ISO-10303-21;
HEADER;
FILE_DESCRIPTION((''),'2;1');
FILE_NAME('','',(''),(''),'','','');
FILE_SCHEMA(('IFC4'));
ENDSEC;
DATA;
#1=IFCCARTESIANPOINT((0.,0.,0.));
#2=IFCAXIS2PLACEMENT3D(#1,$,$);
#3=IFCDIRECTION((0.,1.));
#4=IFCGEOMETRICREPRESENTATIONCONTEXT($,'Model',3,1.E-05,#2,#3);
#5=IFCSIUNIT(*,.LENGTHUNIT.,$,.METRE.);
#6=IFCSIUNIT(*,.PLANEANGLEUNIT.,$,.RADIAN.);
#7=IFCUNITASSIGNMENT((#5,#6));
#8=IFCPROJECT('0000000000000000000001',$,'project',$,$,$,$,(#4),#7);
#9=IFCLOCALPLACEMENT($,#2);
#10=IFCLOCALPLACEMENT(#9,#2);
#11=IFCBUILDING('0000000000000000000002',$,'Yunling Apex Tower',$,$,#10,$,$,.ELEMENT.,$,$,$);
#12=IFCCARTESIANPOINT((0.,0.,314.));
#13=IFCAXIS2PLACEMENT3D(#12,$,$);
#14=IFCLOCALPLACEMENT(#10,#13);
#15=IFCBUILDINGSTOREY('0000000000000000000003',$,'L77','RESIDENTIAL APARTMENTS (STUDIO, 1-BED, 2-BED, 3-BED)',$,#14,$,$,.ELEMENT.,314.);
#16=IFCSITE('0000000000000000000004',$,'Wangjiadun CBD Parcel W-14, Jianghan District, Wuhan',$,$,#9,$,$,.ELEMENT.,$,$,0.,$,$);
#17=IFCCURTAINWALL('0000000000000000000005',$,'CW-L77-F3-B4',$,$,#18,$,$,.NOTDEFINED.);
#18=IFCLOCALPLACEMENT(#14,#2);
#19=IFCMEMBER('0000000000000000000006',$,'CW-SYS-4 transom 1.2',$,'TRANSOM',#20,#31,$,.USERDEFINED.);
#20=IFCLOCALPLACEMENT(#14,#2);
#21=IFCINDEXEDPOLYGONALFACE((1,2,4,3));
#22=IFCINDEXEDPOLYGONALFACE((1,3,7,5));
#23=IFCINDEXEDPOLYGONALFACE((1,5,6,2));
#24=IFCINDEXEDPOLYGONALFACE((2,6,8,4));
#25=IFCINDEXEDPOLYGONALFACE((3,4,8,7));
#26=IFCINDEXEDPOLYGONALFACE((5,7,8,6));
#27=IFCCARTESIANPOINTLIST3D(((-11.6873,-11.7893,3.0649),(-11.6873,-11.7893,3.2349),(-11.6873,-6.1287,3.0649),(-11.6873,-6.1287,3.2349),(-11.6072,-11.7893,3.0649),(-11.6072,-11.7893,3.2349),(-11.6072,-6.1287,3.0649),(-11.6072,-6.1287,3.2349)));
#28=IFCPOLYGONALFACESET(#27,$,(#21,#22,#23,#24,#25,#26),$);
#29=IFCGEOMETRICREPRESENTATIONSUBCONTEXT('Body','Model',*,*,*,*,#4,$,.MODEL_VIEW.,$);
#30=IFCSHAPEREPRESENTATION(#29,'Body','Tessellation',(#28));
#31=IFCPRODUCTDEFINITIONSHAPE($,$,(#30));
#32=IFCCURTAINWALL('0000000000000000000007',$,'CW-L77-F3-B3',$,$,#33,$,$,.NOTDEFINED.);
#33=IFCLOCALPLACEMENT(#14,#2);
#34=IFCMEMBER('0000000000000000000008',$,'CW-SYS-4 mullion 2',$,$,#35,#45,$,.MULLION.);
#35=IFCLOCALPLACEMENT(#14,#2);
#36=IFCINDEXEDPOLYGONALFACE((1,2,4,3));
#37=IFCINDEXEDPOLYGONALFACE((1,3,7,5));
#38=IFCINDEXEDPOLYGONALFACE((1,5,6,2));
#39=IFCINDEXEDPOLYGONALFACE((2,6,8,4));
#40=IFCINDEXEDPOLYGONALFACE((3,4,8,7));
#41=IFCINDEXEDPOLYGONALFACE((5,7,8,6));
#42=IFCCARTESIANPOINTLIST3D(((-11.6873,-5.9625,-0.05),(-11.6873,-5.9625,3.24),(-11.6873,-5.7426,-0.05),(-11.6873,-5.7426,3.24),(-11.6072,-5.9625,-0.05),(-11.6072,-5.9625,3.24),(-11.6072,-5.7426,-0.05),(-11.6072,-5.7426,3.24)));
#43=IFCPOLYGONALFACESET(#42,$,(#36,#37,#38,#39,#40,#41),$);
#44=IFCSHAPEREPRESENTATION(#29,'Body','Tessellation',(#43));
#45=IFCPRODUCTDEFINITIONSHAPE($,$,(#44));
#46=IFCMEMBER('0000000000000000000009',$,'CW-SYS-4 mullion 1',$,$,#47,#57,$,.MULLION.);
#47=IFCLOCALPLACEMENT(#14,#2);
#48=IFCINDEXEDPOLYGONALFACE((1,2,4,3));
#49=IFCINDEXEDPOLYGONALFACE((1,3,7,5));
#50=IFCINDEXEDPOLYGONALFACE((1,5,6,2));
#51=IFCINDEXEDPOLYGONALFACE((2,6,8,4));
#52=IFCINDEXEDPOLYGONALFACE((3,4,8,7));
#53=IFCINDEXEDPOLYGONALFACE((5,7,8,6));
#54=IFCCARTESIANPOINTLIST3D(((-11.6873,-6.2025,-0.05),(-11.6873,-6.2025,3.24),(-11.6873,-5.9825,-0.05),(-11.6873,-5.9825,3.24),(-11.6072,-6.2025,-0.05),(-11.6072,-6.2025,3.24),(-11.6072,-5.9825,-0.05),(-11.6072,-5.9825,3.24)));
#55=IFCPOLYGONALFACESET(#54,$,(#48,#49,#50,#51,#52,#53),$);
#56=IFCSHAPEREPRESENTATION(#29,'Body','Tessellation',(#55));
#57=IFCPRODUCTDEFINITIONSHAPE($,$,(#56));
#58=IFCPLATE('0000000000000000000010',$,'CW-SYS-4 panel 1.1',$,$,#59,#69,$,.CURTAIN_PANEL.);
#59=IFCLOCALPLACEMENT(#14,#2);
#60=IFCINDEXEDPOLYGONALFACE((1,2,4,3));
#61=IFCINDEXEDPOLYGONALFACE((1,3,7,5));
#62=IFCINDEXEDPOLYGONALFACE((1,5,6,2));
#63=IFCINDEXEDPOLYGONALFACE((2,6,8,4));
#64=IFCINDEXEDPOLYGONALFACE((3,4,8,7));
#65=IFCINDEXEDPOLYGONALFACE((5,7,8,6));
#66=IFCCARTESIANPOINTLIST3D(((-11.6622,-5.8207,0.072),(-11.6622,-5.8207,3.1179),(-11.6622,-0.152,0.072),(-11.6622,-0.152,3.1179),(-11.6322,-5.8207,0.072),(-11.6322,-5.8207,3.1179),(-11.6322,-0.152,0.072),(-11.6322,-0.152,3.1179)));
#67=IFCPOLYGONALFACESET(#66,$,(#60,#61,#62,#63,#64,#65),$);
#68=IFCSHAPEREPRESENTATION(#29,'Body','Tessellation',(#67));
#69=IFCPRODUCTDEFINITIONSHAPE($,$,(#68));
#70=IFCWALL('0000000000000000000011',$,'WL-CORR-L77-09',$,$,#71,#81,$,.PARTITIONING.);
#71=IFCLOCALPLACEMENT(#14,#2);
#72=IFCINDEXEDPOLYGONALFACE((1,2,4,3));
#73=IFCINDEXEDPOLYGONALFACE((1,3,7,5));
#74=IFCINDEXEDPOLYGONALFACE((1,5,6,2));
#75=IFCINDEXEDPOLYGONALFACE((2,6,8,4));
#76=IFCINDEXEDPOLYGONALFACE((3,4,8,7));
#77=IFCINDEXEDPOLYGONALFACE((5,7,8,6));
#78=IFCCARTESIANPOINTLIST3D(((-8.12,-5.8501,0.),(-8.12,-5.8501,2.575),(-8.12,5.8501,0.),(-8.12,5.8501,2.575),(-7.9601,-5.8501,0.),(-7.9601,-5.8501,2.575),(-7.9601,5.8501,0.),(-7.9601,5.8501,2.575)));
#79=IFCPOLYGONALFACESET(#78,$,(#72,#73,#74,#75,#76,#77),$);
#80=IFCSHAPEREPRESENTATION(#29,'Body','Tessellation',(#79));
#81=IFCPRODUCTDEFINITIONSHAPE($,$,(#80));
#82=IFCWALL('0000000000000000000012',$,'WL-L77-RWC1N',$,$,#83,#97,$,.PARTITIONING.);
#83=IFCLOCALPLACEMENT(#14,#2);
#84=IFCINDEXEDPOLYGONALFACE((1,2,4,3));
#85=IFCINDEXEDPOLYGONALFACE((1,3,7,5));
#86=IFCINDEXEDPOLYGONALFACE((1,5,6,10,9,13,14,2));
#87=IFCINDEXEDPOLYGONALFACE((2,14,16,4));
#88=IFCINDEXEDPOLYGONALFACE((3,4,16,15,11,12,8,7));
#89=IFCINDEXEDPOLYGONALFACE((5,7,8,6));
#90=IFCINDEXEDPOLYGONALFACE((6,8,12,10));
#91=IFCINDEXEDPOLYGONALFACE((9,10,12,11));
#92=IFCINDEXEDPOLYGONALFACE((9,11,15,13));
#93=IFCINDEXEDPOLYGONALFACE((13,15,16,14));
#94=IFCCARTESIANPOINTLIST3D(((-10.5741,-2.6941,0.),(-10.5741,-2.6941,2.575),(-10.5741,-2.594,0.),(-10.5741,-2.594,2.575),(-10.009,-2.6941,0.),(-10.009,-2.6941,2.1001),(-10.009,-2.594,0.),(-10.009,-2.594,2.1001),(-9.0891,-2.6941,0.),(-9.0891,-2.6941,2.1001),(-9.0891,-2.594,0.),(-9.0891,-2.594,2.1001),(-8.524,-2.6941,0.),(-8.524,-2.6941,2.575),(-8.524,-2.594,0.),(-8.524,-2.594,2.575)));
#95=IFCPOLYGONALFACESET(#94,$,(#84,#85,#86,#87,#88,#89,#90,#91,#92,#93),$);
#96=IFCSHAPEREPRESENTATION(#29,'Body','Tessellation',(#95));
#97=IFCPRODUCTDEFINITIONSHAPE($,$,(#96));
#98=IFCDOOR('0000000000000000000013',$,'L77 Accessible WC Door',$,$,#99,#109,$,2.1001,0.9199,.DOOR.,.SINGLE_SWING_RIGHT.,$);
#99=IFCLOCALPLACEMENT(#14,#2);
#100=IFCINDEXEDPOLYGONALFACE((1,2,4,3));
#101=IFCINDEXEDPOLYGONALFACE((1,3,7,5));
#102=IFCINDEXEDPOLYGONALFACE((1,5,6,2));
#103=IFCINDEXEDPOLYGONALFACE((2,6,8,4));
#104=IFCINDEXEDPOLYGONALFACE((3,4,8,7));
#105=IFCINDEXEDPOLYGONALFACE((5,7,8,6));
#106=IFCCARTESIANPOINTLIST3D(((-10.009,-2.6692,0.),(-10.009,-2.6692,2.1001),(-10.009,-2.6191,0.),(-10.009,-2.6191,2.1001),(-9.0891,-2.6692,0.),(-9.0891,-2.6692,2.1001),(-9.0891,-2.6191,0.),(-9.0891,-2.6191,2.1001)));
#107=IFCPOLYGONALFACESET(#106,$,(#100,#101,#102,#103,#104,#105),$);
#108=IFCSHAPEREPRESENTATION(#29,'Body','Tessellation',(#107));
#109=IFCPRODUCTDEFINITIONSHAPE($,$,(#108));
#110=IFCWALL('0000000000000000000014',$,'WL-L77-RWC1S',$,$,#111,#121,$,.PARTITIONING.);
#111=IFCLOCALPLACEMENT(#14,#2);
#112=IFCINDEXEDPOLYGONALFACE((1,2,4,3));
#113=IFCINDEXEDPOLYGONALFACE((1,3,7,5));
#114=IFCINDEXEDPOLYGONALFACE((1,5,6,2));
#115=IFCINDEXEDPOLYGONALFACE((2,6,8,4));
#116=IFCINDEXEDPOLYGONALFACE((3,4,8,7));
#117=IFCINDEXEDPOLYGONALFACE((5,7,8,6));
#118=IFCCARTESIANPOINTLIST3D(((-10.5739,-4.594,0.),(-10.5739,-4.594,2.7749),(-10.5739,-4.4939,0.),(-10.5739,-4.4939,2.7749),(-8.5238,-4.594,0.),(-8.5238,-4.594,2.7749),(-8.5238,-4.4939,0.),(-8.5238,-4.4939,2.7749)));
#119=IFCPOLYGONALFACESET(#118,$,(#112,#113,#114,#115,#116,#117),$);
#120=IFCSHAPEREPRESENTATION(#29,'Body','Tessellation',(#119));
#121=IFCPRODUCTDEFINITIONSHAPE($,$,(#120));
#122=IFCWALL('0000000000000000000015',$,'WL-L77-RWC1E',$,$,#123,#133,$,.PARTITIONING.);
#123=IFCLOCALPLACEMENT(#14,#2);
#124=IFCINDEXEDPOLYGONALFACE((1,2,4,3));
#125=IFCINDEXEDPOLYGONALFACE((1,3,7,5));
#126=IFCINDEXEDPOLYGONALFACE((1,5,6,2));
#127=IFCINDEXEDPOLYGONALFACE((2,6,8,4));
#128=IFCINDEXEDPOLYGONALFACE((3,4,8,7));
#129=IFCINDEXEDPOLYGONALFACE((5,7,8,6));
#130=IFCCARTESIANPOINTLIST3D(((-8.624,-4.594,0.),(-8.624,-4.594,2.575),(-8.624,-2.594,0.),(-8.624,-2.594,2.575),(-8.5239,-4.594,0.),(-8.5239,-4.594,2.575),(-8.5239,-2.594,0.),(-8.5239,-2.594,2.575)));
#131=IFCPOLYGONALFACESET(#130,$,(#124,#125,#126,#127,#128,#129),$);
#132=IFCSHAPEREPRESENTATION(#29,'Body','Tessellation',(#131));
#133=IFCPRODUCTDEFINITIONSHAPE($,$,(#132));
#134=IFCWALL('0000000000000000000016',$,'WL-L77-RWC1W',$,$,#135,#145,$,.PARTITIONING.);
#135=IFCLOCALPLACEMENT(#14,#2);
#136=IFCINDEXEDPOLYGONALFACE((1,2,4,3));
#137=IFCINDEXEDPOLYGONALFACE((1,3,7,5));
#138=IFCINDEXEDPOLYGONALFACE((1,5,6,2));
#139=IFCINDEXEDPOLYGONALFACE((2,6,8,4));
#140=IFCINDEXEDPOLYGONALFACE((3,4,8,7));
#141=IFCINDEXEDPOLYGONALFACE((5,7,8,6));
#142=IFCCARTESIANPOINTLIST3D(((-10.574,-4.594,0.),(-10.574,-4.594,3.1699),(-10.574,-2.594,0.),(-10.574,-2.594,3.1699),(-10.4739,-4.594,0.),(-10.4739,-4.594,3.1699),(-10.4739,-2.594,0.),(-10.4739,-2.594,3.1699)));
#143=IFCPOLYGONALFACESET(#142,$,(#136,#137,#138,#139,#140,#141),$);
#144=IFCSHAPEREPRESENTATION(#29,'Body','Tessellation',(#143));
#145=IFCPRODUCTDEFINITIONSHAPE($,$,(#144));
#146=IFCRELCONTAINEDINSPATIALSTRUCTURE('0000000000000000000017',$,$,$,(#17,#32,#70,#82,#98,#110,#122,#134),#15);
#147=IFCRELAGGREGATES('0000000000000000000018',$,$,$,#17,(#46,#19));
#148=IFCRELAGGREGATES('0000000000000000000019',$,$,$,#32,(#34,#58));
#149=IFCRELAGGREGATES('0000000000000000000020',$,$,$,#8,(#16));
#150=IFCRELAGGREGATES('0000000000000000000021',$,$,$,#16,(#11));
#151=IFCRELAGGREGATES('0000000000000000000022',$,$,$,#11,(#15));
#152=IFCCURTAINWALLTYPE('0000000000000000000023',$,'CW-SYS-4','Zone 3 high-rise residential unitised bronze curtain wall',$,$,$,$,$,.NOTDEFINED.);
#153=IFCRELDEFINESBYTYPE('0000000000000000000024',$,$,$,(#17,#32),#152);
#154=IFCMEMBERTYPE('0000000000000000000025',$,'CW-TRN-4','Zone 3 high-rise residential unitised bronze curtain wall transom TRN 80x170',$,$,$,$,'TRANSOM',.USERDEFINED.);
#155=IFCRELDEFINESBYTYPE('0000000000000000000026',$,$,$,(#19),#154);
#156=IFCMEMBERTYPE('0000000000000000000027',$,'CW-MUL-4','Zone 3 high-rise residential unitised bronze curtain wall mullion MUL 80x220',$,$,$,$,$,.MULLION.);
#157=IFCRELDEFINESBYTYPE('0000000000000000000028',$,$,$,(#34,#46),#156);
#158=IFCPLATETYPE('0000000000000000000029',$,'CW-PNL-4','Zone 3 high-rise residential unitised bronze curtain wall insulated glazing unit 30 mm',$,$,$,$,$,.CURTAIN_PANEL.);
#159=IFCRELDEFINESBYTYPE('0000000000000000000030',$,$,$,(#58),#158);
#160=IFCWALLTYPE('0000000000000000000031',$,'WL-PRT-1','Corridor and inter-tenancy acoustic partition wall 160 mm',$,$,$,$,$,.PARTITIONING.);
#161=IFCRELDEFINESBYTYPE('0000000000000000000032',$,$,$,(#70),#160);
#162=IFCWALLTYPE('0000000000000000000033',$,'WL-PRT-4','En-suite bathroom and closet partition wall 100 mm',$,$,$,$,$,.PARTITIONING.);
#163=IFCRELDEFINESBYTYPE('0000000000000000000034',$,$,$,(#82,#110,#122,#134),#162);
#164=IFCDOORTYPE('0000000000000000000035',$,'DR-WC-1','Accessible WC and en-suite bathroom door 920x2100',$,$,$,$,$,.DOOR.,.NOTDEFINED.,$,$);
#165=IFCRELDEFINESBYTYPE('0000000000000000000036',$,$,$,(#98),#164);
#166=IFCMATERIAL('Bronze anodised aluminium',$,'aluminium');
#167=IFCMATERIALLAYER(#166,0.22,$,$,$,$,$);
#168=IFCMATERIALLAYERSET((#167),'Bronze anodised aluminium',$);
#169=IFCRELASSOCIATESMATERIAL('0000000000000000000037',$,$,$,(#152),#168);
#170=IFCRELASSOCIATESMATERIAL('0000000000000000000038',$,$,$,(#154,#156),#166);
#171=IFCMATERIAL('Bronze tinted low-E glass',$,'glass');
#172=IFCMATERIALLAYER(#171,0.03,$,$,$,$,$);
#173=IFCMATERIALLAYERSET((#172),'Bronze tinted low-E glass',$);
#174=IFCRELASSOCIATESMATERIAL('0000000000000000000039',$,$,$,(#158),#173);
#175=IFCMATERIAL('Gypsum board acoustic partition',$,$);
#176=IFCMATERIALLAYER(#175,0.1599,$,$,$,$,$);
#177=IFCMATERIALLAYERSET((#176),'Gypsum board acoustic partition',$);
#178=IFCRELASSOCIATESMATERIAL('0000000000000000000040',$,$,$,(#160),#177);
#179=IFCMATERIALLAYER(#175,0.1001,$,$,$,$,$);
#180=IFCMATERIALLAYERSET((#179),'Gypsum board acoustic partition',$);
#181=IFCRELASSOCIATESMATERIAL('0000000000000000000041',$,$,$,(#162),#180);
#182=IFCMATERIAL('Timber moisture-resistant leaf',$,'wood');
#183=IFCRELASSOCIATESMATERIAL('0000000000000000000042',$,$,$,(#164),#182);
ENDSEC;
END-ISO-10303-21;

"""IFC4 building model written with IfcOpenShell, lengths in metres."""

from ifc_helpers import new_model, si_unit, direction, frame, frame_2d, origin, origin_2d, place, context, subcontext, project, spatial, rectangle, extrude, source, transform, mapped, material, layer, layer_set, material_profile, profile_set, type_object, element, fill, aggregate, save


model = new_model("IFC4")

# Units and contexts
model_context = context("Model", 3, precision=1e-05, world=origin(), true_north=direction((0.0, 1.0)))
body_context = subcontext(model_context, "Body", "Model", "MODEL_VIEW")
ifc_project = project(units=[si_unit("LENGTHUNIT", "METRE"), si_unit("PLANEANGLEUNIT", "RADIAN")], contexts=[model_context])

# Site, building, storey
site_placement = place(None, origin())
site = spatial("IfcSite", under=ifc_project, at=site_placement, Name="Wangjiadun CBD Parcel W-14, Jianghan District, Wuhan", CompositionType="ELEMENT", RefElevation=0.0)
building_placement = place(site_placement, origin())
building = spatial("IfcBuilding", under=site, at=building_placement, Name="Yunling Apex Tower", CompositionType="ELEMENT")
storey_placement = place(building_placement, frame((0.0, 0.0, 314.0)))
storey = spatial("IfcBuildingStorey", under=building, at=storey_placement, Name="L77", Description="RESIDENTIAL APARTMENTS (STUDIO, 1-BED, 2-BED, 3-BED)", CompositionType="ELEMENT", Elevation=314.0)

# Curtain walls, members
ifc_material_1 = material(Name="Bronze anodised aluminium", Category="aluminium")
ifc_layer_1 = layer(ifc_material_1, 0.22)
ifc_layer_set_1 = layer_set([ifc_layer_1], Name="Bronze anodised aluminium")
curtain_wall_type = type_object("IfcCurtainWallType", Name="CW-SYS-4", Description="Zone 3 high-rise residential unitised bronze curtain wall", PredefinedType="NOTDEFINED", material=ifc_layer_set_1)
curtain_wall_1_placement = place(storey_placement, origin())
curtain_wall_1 = element("IfcCurtainWall", 1, at=curtain_wall_1_placement, inside=storey, type_object=curtain_wall_type, Name="CW-L77-F3-B4", PredefinedType="NOTDEFINED")
ifc_material_profile_1 = material_profile(ifc_material_1, rectangle(XDim=0.0801, YDim=0.1699, at=origin_2d()))
ifc_profile_set_1 = profile_set([ifc_material_profile_1], Name="Bronze anodised aluminium")
member_type_1 = type_object("IfcMemberType", Name="CW-TRN-4", Description="Zone 3 high-rise residential unitised bronze curtain wall transom TRN 80x170", ElementType="TRANSOM", PredefinedType="USERDEFINED", material=ifc_profile_set_1)
shared_shape_1 = source(origin(), body_context, "Body", "SweptSolid", [
    extrude(rectangle(XDim=0.0801, YDim=0.1699, at=origin_2d()), origin(), (0.0, 0.0, 1.0), 5.6606),
])
member_1_placement = place(storey_placement, frame((-11.6472, -6.1287, 3.1499), z_axis=(0.0, -1.0, 0.0), x_axis=(1.0, 0.0, 0.0)))
member_1 = element("IfcMember", 2, at=member_1_placement, type_object=member_type_1, Name="CW-SYS-4 transom 1.2", ObjectType="TRANSOM", PredefinedType="USERDEFINED", context=body_context, shape_type="MappedRepresentation", body=[
    mapped(shared_shape_1, transform((0.0, 0.0, 0.0), scale=1.0)),
])
curtain_wall_2_placement = place(storey_placement, origin())
curtain_wall_2 = element("IfcCurtainWall", 3, at=curtain_wall_2_placement, inside=storey, type_object=curtain_wall_type, Name="CW-L77-F3-B3", PredefinedType="NOTDEFINED")
ifc_material_profile_2 = material_profile(ifc_material_1, rectangle(XDim=0.0801, YDim=0.22, at=origin_2d()))
ifc_profile_set_2 = profile_set([ifc_material_profile_2], Name="Bronze anodised aluminium")
member_type_2 = type_object("IfcMemberType", Name="CW-MUL-4", Description="Zone 3 high-rise residential unitised bronze curtain wall mullion MUL 80x220", PredefinedType="MULLION", material=ifc_profile_set_2)
shared_shape_2 = source(origin(), body_context, "Body", "SweptSolid", [
    extrude(rectangle(XDim=0.0801, YDim=0.22, at=origin_2d()), origin(), (0.0, 0.0, 1.0), 3.29),
])
member_2_placement = place(storey_placement, frame((-11.6472, -5.8525, -0.05), z_axis=(0.0, 0.0, 1.0), x_axis=(1.0, 0.0, 0.0)))
member_2 = element("IfcMember", 4, at=member_2_placement, type_object=member_type_2, Name="CW-SYS-4 mullion 2", PredefinedType="MULLION", context=body_context, shape_type="MappedRepresentation", body=[
    mapped(shared_shape_2, transform((0.0, 0.0, 0.0), scale=1.0)),
])

# Member
member_3_placement = place(storey_placement, frame((-11.6472, -6.0925, -0.05), z_axis=(0.0, 0.0, 1.0), x_axis=(1.0, 0.0, 0.0)))
member_3 = element("IfcMember", 5, at=member_3_placement, type_object=member_type_2, Name="CW-SYS-4 mullion 1", PredefinedType="MULLION", context=body_context, shape_type="MappedRepresentation", body=[
    mapped(shared_shape_2, transform((0.0, 0.0, 0.0), scale=1.0)),
])
aggregate(curtain_wall_1, [member_3, member_1])

# Plate
ifc_material_2 = material(Name="Bronze tinted low-E glass", Category="glass")
ifc_layer_2 = layer(ifc_material_2, 0.03)
ifc_layer_set_2 = layer_set([ifc_layer_2], Name="Bronze tinted low-E glass")
plate_type = type_object("IfcPlateType", Name="CW-PNL-4", Description="Zone 3 high-rise residential unitised bronze curtain wall insulated glazing unit 30 mm", PredefinedType="CURTAIN_PANEL", material=ifc_layer_set_2)
shared_shape_3 = source(origin(), body_context, "Body", "SweptSolid", [
    extrude(rectangle(XDim=5.6687, YDim=0.03, at=origin_2d()), origin(), (0.0, 0.0, 1.0), 3.0459),
])
plate_placement = place(storey_placement, frame((-11.6472, -2.9863, 0.072), z_axis=(0.0, 0.0, 1.0), x_axis=(0.0, -1.0, 0.0)))
plate = element("IfcPlate", 6, at=plate_placement, type_object=plate_type, Name="CW-SYS-4 panel 1.1", PredefinedType="CURTAIN_PANEL", context=body_context, shape_type="MappedRepresentation", body=[
    mapped(shared_shape_3, transform((0.0, 0.0, 0.0), scale=1.0)),
])
aggregate(curtain_wall_2, [member_2, plate])

# Wall
ifc_material_3 = material(Name="Gypsum board acoustic partition")
ifc_layer_3 = layer(ifc_material_3, 0.1599)
ifc_layer_set_3 = layer_set([ifc_layer_3], Name="Gypsum board acoustic partition")
wall_type_1 = type_object("IfcWallType", Name="WL-PRT-1", Description="Corridor and inter-tenancy acoustic partition wall 160 mm", PredefinedType="PARTITIONING", material=ifc_layer_set_3)
wall_1_placement = place(storey_placement, frame((-8.04, -5.8501, 0.0), z_axis=(0.0, 0.0, 1.0), x_axis=(0.0, 1.0, 0.0)))
element("IfcWall", 7, at=wall_1_placement, inside=storey, type_object=wall_type_1, Name="WL-CORR-L77-09", PredefinedType="PARTITIONING", context=body_context, shape_type="SweptSolid", body=[
    extrude(rectangle(XDim=11.7002, YDim=0.1599, at=frame_2d((5.8501, 0.0))), origin(), (0.0, 0.0, 1.0), 2.575),
])

# Wall, opening, door
ifc_layer_4 = layer(ifc_material_3, 0.1001)
ifc_layer_set_4 = layer_set([ifc_layer_4], Name="Gypsum board acoustic partition")
wall_type_2 = type_object("IfcWallType", Name="WL-PRT-4", Description="En-suite bathroom and closet partition wall 100 mm", PredefinedType="PARTITIONING", material=ifc_layer_set_4)
wall_2_placement = place(storey_placement, frame((-10.574, -2.644, 0.0), z_axis=(0.0, 0.0, 1.0), x_axis=(1.0, 0.0, 0.0)))
wall_2 = element("IfcWall", 8, at=wall_2_placement, inside=storey, type_object=wall_type_2, Name="WL-L77-RWC1N", PredefinedType="PARTITIONING", context=body_context, shape_type="SweptSolid", body=[
    extrude(rectangle(XDim=2.05, YDim=0.1001, at=frame_2d((1.0249, 0.0))), origin(), (0.0, 0.0, 1.0), 2.575),
])
opening_placement = place(wall_2_placement, frame((0.5649, 0.0, 0.0)))
opening = element("IfcOpeningElement", 9, at=opening_placement, cuts=wall_2, PredefinedType="OPENING", context=body_context, shape_type="SweptSolid", body=[
    extrude(rectangle(XDim=0.9199, YDim=2.1001, at=frame_2d((0.46, 1.05))), frame((0.0, 0.0601, 0.0), z_axis=(0.0, -1.0, 0.0), x_axis=(1.0, 0.0, 0.0)), (0.0, 0.0, 1.0), 0.1201),
])
ifc_material_4 = material(Name="Timber moisture-resistant leaf", Category="wood")
door_type = type_object("IfcDoorType", Name="DR-WC-1", Description="Accessible WC and en-suite bathroom door 920x2100", OperationType="NOTDEFINED", PredefinedType="DOOR", material=ifc_material_4)
door_placement = place(opening_placement, origin())
door = element("IfcDoor", 10, at=door_placement, inside=storey, type_object=door_type, Name="L77 Accessible WC Door", OperationType="SINGLE_SWING_RIGHT", OverallHeight=2.1001, OverallWidth=0.9199, PredefinedType="DOOR", context=body_context, shape_type="SweptSolid", body=[
    extrude(rectangle(XDim=0.9199, YDim=2.1001, at=frame_2d((0.46, 1.05))), frame((0.0, 0.0249, 0.0), z_axis=(0.0, -1.0, 0.0), x_axis=(1.0, 0.0, 0.0)), (0.0, 0.0, 1.0), 0.05),
])
fill(opening, door)

# Walls
wall_3_placement = place(storey_placement, frame((-8.5239, -4.5439, 0.0), z_axis=(0.0, 0.0, 1.0), x_axis=(-1.0, 0.0, 0.0)))
element("IfcWall", 11, at=wall_3_placement, inside=storey, type_object=wall_type_2, Name="WL-L77-RWC1S", PredefinedType="PARTITIONING", context=body_context, shape_type="SweptSolid", body=[
    extrude(rectangle(XDim=2.05, YDim=0.1001, at=frame_2d((1.0249, 0.0))), origin(), (0.0, 0.0, 1.0), 2.7749),
])
wall_4_placement = place(storey_placement, frame((-8.574, -2.594, 0.0), z_axis=(0.0, 0.0, 1.0), x_axis=(0.0, -1.0, 0.0)))
element("IfcWall", 12, at=wall_4_placement, inside=storey, type_object=wall_type_2, Name="WL-L77-RWC1E", PredefinedType="PARTITIONING", context=body_context, shape_type="SweptSolid", body=[
    extrude(rectangle(XDim=2.0, YDim=0.1001, at=frame_2d((1.0, 0.0))), origin(), (0.0, 0.0, 1.0), 2.575),
])
wall_5_placement = place(storey_placement, frame((-10.5239, -4.594, 0.0), z_axis=(0.0, 0.0, 1.0), x_axis=(0.0, 1.0, 0.0)))
element("IfcWall", 13, at=wall_5_placement, inside=storey, type_object=wall_type_2, Name="WL-L77-RWC1W", PredefinedType="PARTITIONING", context=body_context, shape_type="SweptSolid", body=[
    extrude(rectangle(XDim=2.0, YDim=0.1001, at=frame_2d((1.0, 0.0))), origin(), (0.0, 0.0, 1.0), 3.1699),
])

save(model, "model.ifc")
